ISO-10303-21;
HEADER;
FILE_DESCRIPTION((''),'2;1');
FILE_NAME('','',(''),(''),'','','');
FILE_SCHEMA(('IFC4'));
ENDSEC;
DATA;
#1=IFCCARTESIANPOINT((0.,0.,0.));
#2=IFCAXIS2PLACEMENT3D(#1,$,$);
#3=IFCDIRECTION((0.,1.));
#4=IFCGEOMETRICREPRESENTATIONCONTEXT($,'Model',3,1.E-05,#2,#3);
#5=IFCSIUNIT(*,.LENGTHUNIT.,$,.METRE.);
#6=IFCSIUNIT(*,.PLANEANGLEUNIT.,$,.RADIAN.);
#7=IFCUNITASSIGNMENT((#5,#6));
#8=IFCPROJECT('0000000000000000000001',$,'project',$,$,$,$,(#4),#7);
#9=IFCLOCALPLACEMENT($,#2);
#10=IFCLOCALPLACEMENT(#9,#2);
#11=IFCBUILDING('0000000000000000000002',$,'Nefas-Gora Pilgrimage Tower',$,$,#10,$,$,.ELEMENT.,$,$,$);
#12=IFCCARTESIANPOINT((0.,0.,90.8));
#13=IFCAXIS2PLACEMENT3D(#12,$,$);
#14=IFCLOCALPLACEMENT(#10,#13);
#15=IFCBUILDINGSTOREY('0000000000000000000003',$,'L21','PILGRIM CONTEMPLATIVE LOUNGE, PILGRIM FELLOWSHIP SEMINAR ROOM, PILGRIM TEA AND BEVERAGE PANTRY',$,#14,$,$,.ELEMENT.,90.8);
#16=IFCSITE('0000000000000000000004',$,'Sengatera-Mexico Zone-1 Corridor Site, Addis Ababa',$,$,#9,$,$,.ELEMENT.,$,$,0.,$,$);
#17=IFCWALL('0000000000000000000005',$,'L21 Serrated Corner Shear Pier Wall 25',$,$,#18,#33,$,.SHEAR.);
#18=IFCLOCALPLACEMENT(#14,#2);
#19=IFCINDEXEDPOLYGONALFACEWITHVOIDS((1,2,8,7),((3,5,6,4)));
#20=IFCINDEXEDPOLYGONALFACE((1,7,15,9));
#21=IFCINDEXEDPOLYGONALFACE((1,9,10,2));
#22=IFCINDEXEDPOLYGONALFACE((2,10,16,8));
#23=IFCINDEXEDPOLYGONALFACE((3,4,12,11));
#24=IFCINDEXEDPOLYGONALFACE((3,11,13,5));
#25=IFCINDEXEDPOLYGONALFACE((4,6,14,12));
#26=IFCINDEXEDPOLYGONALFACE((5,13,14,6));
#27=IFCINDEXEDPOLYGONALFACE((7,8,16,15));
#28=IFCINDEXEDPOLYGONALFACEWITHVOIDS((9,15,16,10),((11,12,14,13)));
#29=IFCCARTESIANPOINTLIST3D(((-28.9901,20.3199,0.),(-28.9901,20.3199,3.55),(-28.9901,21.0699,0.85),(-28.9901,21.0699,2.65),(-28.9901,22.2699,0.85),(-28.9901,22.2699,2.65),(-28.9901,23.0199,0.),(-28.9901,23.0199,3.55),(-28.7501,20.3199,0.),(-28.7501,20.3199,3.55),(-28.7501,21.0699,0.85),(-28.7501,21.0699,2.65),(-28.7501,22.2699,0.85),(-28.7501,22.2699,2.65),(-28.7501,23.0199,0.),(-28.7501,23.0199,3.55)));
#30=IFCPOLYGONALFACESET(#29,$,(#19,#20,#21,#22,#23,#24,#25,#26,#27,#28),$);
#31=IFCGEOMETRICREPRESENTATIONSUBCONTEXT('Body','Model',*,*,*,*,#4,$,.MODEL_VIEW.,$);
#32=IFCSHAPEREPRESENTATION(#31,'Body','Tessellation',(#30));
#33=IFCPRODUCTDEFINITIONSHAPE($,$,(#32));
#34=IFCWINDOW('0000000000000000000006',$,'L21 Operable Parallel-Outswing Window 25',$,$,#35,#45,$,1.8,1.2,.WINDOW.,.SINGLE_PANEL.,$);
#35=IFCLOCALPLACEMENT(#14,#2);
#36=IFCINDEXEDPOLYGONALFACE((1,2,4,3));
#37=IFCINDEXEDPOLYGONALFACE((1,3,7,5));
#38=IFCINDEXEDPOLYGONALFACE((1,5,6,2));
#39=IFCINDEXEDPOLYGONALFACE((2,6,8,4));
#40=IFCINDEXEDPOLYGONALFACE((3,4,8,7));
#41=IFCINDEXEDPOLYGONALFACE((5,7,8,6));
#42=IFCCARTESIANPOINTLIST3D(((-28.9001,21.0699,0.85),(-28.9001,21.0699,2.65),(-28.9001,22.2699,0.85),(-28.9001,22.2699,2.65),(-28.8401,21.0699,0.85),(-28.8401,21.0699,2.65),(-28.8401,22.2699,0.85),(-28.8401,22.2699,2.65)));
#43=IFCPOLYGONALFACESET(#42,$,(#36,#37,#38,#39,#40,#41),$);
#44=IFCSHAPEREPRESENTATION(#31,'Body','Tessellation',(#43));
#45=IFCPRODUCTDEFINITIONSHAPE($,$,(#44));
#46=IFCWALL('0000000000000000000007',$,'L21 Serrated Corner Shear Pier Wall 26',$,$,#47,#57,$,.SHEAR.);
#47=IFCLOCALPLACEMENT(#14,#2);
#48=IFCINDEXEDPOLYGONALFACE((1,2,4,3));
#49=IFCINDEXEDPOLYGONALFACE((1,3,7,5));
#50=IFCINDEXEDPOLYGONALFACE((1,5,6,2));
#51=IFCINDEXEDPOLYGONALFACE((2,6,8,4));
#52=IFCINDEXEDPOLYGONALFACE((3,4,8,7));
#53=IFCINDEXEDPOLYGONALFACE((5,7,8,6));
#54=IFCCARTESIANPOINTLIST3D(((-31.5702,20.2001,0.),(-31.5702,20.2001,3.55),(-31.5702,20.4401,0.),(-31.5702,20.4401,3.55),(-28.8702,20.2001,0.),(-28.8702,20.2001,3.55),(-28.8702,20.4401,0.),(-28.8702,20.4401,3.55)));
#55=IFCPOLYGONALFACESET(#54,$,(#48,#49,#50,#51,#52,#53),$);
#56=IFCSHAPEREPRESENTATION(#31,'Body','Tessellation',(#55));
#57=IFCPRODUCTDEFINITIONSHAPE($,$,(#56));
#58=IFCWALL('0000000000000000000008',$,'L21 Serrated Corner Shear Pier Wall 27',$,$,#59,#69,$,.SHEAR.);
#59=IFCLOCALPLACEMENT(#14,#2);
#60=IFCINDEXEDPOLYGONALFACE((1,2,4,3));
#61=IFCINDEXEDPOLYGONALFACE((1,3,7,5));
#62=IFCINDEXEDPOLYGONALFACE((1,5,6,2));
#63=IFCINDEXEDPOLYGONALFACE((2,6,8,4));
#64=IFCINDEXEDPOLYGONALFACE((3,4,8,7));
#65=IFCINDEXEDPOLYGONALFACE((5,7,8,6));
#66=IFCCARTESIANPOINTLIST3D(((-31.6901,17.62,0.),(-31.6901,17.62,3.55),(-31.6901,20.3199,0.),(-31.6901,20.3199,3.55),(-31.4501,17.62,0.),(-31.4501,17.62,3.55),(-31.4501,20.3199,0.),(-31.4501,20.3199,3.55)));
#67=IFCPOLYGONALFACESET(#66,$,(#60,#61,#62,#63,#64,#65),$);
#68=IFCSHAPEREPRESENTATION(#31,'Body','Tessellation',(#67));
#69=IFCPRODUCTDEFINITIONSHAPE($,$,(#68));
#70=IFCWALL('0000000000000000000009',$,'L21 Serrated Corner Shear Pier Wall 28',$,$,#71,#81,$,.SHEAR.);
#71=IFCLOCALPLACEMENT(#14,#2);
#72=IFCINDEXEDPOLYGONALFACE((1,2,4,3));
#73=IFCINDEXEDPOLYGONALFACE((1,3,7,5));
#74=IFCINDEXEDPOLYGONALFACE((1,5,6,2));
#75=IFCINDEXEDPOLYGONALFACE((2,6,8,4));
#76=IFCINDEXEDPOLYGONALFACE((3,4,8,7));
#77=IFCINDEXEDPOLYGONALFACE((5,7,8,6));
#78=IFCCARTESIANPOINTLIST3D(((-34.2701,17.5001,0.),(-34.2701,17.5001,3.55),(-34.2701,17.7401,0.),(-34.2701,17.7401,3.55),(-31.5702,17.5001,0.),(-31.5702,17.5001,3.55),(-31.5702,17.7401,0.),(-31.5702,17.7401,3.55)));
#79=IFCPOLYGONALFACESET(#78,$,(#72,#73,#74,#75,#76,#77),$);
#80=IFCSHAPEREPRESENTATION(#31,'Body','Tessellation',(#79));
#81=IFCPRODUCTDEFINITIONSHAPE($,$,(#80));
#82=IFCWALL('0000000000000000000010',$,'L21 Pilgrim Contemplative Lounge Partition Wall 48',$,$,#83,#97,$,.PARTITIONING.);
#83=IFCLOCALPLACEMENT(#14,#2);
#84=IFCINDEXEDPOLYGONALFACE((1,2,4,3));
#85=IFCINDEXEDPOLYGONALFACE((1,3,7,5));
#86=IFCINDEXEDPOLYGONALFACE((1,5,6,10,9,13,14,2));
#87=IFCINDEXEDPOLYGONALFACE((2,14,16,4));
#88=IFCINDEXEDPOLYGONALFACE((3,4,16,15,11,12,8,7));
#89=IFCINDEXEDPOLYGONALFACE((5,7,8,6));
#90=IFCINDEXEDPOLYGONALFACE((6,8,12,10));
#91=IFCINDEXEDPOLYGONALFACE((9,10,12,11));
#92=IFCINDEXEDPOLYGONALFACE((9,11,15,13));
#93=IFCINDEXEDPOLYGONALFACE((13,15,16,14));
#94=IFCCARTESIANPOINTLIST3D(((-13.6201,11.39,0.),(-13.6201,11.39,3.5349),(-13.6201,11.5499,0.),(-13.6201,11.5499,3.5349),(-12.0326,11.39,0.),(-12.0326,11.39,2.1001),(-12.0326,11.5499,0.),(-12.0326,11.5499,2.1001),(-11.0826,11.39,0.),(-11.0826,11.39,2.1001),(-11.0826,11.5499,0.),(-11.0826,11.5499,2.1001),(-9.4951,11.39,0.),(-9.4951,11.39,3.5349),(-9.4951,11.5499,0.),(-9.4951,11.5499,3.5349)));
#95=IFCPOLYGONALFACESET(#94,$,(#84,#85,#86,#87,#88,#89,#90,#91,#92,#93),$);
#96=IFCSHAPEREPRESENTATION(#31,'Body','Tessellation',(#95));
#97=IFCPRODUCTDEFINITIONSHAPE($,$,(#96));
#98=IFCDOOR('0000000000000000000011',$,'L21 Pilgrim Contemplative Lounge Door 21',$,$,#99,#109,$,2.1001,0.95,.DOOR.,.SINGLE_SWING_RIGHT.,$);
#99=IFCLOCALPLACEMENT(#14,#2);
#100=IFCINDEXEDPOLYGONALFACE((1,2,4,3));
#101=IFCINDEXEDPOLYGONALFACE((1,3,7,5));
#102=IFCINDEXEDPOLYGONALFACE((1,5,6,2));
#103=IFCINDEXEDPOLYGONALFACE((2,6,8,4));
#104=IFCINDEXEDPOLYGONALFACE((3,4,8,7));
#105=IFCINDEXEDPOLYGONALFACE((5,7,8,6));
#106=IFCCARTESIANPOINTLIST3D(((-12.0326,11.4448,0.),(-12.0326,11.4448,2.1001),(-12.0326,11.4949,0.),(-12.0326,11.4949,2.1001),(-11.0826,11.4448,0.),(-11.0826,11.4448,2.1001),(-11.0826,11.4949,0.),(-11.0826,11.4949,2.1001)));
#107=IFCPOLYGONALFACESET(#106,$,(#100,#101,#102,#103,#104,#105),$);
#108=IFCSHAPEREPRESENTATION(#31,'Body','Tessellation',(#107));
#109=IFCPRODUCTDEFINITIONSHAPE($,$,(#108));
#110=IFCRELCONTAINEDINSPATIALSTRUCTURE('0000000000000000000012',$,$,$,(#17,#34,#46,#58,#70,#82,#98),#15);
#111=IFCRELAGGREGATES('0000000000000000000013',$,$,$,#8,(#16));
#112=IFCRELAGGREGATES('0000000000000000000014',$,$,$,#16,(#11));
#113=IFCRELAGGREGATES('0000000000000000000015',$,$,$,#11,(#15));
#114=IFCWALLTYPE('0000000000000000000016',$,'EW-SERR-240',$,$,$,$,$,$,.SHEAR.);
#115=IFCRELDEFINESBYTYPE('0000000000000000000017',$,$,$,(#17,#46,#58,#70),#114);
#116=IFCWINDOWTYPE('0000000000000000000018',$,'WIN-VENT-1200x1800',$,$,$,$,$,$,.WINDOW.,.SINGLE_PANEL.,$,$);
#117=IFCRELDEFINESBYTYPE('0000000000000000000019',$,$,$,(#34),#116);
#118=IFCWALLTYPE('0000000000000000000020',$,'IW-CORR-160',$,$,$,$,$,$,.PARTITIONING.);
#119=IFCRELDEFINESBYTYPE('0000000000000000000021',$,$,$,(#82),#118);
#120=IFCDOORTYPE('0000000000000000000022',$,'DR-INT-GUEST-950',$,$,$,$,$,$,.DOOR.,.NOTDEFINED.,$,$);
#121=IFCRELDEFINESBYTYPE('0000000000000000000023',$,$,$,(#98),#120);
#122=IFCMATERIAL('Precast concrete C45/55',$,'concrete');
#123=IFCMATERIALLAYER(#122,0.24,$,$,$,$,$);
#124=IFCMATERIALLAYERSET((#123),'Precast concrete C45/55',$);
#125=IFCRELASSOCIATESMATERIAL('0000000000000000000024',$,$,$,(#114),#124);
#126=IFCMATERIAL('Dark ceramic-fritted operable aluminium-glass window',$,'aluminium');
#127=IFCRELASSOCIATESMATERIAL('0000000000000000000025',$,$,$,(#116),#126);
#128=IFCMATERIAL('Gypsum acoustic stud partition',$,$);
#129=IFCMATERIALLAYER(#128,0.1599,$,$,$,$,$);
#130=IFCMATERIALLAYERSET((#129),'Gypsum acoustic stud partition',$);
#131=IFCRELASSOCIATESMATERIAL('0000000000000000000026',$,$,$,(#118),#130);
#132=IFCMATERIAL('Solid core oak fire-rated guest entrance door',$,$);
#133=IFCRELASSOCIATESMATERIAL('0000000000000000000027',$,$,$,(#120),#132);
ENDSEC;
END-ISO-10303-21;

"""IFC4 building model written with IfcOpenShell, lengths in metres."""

from ifc_helpers import new_model, si_unit, direction, frame, frame_2d, origin, place, context, subcontext, project, spatial, rectangle, extrude, source, transform, mapped, material, layer, layer_set, type_object, element, fill, save


model = new_model("IFC4")

# Units and contexts
model_context = context("Model", 3, precision=1e-05, world=origin(), true_north=direction((0.0, 1.0)))
body_context = subcontext(model_context, "Body", "Model", "MODEL_VIEW")
ifc_project = project(units=[si_unit("LENGTHUNIT", "METRE"), si_unit("PLANEANGLEUNIT", "RADIAN")], contexts=[model_context])

# Site, building, storey
site_placement = place(None, origin())
site = spatial("IfcSite", under=ifc_project, at=site_placement, Name="Sengatera-Mexico Zone-1 Corridor Site, Addis Ababa", CompositionType="ELEMENT", RefElevation=0.0)
building_placement = place(site_placement, origin())
building = spatial("IfcBuilding", under=site, at=building_placement, Name="Nefas-Gora Pilgrimage Tower", CompositionType="ELEMENT")
storey_placement = place(building_placement, frame((0.0, 0.0, 90.8)))
storey = spatial("IfcBuildingStorey", under=building, at=storey_placement, Name="L21", Description="PILGRIM CONTEMPLATIVE LOUNGE, PILGRIM FELLOWSHIP SEMINAR ROOM, PILGRIM TEA AND BEVERAGE PANTRY", CompositionType="ELEMENT", Elevation=90.8)

# Wall, opening, window
ifc_material_1 = material(Name="Precast concrete C45/55", Category="concrete")
ifc_layer_1 = layer(ifc_material_1, 0.24)
ifc_layer_set_1 = layer_set([ifc_layer_1], Name="Precast concrete C45/55")
wall_type_1 = type_object("IfcWallType", Name="EW-SERR-240", PredefinedType="SHEAR", material=ifc_layer_set_1)
shared_shape_1 = source(origin(), body_context, "Body", "SweptSolid", [
    extrude(rectangle(XDim=2.7, YDim=0.24, at=frame_2d((1.3501, 0.0))), origin(), (0.0, 0.0, 1.0), 3.55),
])
wall_1_placement = place(storey_placement, frame((-28.8701, 23.02, 0.0), z_axis=(0.0, 0.0, 1.0), x_axis=(0.0, -1.0, 0.0)))
wall_1 = element("IfcWall", 1, at=wall_1_placement, inside=storey, type_object=wall_type_1, Name="L21 Serrated Corner Shear Pier Wall 25", PredefinedType="SHEAR", context=body_context, shape_type="MappedRepresentation", body=[
    mapped(shared_shape_1, transform((0.0, 0.0, 0.0), x_axis=(1.0, 0.0, 0.0), y_axis=(0.0, 1.0, 0.0), z_axis=(0.0, 0.0, 1.0), scale=1.0)),
])
opening_1_placement = place(wall_1_placement, frame((0.75, 0.0, 0.8501)))
opening_1 = element("IfcOpeningElement", 2, at=opening_1_placement, cuts=wall_1, PredefinedType="OPENING", context=body_context, shape_type="SweptSolid", body=[
    extrude(rectangle(XDim=1.2, YDim=1.8, at=frame_2d((0.6001, 0.8999))), frame((0.0, 0.1299, 0.0), z_axis=(0.0, -1.0, 0.0), x_axis=(1.0, 0.0, 0.0)), (0.0, 0.0, 1.0), 0.26),
])
ifc_material_2 = material(Name="Dark ceramic-fritted operable aluminium-glass window", Category="aluminium")
window_type = type_object("IfcWindowType", Name="WIN-VENT-1200x1800", PartitioningType="SINGLE_PANEL", PredefinedType="WINDOW", material=ifc_material_2)
shared_shape_2 = source(origin(), body_context, "Body", "SweptSolid", [
    extrude(rectangle(XDim=1.2, YDim=1.8, at=frame_2d((0.6001, 0.8999))), frame((0.0, 0.03, 0.0), z_axis=(0.0, -1.0, 0.0), x_axis=(1.0, 0.0, 0.0)), (0.0, 0.0, 1.0), 0.0601),
])
window_placement = place(opening_1_placement, origin())
window = element("IfcWindow", 3, at=window_placement, inside=storey, type_object=window_type, Name="L21 Operable Parallel-Outswing Window 25", OverallHeight=1.8, OverallWidth=1.2, PartitioningType="SINGLE_PANEL", PredefinedType="WINDOW", context=body_context, shape_type="MappedRepresentation", body=[
    mapped(shared_shape_2, transform((0.0, 0.0, 0.0), x_axis=(1.0, 0.0, 0.0), y_axis=(0.0, 1.0, 0.0), z_axis=(0.0, 0.0, 1.0), scale=1.0)),
])
fill(opening_1, window)

# Walls
for number, where, z_axis, x_axis, name in (
    (4, (-28.8701, 20.3201, 0.0), (0.0, 0.0, 1.0), (-1.0, 0.0, 0.0), "L21 Serrated Corner Shear Pier Wall 26"),
    (5, (-31.5701, 20.3201, 0.0), (0.0, 0.0, 1.0), (0.0, -1.0, 0.0), "L21 Serrated Corner Shear Pier Wall 27"),
    (6, (-31.5701, 17.6201, 0.0), (0.0, 0.0, 1.0), (-1.0, 0.0, 0.0), "L21 Serrated Corner Shear Pier Wall 28"),
):
    element("IfcWall", number, at=place(storey_placement, frame(where, z_axis=z_axis, x_axis=x_axis)), inside=storey, type_object=wall_type_1, Name=name, PredefinedType="SHEAR", context=body_context, shape_type="MappedRepresentation", body=[
        mapped(shared_shape_1, transform((0.0, 0.0, 0.0), x_axis=(1.0, 0.0, 0.0), y_axis=(0.0, 1.0, 0.0), z_axis=(0.0, 0.0, 1.0), scale=1.0)),
    ])

# Wall, opening, door
ifc_material_3 = material(Name="Gypsum acoustic stud partition")
ifc_layer_2 = layer(ifc_material_3, 0.1599)
ifc_layer_set_2 = layer_set([ifc_layer_2], Name="Gypsum acoustic stud partition")
wall_type_2 = type_object("IfcWallType", Name="IW-CORR-160", PredefinedType="PARTITIONING", material=ifc_layer_set_2)
shared_shape_3 = source(origin(), body_context, "Body", "SweptSolid", [
    extrude(rectangle(XDim=4.125, YDim=0.1599, at=frame_2d((2.0625, 0.0))), origin(), (0.0, 0.0, 1.0), 3.5349),
])
wall_2_placement = place(storey_placement, frame((-13.6201, 11.47, 0.0), z_axis=(0.0, 0.0, 1.0), x_axis=(1.0, 0.0, 0.0)))
wall_2 = element("IfcWall", 7, at=wall_2_placement, inside=storey, type_object=wall_type_2, Name="L21 Pilgrim Contemplative Lounge Partition Wall 48", PredefinedType="PARTITIONING", context=body_context, shape_type="MappedRepresentation", body=[
    mapped(shared_shape_3, transform((0.0, 0.0, 0.0), x_axis=(1.0, 0.0, 0.0), y_axis=(0.0, 1.0, 0.0), z_axis=(0.0, 0.0, 1.0), scale=1.0)),
])
opening_2_placement = place(wall_2_placement, frame((1.5874, 0.0, 0.0)))
opening_2 = element("IfcOpeningElement", 8, at=opening_2_placement, cuts=wall_2, PredefinedType="OPENING", context=body_context, shape_type="SweptSolid", body=[
    extrude(rectangle(XDim=0.95, YDim=2.1001, at=frame_2d((0.4751, 1.05))), frame((0.0, 0.0898, 0.0), z_axis=(0.0, -1.0, 0.0), x_axis=(1.0, 0.0, 0.0)), (0.0, 0.0, 1.0), 0.1799),
])
ifc_material_4 = material(Name="Solid core oak fire-rated guest entrance door")
door_type = type_object("IfcDoorType", Name="DR-INT-GUEST-950", OperationType="NOTDEFINED", PredefinedType="DOOR", material=ifc_material_4)
shared_shape_4 = source(origin(), body_context, "Body", "SweptSolid", [
    extrude(rectangle(XDim=0.95, YDim=2.1001, at=frame_2d((0.4751, 1.05))), frame((0.0, 0.0249, 0.0), z_axis=(0.0, -1.0, 0.0), x_axis=(1.0, 0.0, 0.0)), (0.0, 0.0, 1.0), 0.05),
])
door_placement = place(opening_2_placement, origin())
door = element("IfcDoor", 9, at=door_placement, inside=storey, type_object=door_type, Name="L21 Pilgrim Contemplative Lounge Door 21", OperationType="SINGLE_SWING_RIGHT", OverallHeight=2.1001, OverallWidth=0.95, PredefinedType="DOOR", context=body_context, shape_type="MappedRepresentation", body=[
    mapped(shared_shape_4, transform((0.0, 0.0, 0.0), x_axis=(1.0, 0.0, 0.0), y_axis=(0.0, 1.0, 0.0), z_axis=(0.0, 0.0, 1.0), scale=1.0)),
])
fill(opening_2, door)

save(model, "model.ifc")
